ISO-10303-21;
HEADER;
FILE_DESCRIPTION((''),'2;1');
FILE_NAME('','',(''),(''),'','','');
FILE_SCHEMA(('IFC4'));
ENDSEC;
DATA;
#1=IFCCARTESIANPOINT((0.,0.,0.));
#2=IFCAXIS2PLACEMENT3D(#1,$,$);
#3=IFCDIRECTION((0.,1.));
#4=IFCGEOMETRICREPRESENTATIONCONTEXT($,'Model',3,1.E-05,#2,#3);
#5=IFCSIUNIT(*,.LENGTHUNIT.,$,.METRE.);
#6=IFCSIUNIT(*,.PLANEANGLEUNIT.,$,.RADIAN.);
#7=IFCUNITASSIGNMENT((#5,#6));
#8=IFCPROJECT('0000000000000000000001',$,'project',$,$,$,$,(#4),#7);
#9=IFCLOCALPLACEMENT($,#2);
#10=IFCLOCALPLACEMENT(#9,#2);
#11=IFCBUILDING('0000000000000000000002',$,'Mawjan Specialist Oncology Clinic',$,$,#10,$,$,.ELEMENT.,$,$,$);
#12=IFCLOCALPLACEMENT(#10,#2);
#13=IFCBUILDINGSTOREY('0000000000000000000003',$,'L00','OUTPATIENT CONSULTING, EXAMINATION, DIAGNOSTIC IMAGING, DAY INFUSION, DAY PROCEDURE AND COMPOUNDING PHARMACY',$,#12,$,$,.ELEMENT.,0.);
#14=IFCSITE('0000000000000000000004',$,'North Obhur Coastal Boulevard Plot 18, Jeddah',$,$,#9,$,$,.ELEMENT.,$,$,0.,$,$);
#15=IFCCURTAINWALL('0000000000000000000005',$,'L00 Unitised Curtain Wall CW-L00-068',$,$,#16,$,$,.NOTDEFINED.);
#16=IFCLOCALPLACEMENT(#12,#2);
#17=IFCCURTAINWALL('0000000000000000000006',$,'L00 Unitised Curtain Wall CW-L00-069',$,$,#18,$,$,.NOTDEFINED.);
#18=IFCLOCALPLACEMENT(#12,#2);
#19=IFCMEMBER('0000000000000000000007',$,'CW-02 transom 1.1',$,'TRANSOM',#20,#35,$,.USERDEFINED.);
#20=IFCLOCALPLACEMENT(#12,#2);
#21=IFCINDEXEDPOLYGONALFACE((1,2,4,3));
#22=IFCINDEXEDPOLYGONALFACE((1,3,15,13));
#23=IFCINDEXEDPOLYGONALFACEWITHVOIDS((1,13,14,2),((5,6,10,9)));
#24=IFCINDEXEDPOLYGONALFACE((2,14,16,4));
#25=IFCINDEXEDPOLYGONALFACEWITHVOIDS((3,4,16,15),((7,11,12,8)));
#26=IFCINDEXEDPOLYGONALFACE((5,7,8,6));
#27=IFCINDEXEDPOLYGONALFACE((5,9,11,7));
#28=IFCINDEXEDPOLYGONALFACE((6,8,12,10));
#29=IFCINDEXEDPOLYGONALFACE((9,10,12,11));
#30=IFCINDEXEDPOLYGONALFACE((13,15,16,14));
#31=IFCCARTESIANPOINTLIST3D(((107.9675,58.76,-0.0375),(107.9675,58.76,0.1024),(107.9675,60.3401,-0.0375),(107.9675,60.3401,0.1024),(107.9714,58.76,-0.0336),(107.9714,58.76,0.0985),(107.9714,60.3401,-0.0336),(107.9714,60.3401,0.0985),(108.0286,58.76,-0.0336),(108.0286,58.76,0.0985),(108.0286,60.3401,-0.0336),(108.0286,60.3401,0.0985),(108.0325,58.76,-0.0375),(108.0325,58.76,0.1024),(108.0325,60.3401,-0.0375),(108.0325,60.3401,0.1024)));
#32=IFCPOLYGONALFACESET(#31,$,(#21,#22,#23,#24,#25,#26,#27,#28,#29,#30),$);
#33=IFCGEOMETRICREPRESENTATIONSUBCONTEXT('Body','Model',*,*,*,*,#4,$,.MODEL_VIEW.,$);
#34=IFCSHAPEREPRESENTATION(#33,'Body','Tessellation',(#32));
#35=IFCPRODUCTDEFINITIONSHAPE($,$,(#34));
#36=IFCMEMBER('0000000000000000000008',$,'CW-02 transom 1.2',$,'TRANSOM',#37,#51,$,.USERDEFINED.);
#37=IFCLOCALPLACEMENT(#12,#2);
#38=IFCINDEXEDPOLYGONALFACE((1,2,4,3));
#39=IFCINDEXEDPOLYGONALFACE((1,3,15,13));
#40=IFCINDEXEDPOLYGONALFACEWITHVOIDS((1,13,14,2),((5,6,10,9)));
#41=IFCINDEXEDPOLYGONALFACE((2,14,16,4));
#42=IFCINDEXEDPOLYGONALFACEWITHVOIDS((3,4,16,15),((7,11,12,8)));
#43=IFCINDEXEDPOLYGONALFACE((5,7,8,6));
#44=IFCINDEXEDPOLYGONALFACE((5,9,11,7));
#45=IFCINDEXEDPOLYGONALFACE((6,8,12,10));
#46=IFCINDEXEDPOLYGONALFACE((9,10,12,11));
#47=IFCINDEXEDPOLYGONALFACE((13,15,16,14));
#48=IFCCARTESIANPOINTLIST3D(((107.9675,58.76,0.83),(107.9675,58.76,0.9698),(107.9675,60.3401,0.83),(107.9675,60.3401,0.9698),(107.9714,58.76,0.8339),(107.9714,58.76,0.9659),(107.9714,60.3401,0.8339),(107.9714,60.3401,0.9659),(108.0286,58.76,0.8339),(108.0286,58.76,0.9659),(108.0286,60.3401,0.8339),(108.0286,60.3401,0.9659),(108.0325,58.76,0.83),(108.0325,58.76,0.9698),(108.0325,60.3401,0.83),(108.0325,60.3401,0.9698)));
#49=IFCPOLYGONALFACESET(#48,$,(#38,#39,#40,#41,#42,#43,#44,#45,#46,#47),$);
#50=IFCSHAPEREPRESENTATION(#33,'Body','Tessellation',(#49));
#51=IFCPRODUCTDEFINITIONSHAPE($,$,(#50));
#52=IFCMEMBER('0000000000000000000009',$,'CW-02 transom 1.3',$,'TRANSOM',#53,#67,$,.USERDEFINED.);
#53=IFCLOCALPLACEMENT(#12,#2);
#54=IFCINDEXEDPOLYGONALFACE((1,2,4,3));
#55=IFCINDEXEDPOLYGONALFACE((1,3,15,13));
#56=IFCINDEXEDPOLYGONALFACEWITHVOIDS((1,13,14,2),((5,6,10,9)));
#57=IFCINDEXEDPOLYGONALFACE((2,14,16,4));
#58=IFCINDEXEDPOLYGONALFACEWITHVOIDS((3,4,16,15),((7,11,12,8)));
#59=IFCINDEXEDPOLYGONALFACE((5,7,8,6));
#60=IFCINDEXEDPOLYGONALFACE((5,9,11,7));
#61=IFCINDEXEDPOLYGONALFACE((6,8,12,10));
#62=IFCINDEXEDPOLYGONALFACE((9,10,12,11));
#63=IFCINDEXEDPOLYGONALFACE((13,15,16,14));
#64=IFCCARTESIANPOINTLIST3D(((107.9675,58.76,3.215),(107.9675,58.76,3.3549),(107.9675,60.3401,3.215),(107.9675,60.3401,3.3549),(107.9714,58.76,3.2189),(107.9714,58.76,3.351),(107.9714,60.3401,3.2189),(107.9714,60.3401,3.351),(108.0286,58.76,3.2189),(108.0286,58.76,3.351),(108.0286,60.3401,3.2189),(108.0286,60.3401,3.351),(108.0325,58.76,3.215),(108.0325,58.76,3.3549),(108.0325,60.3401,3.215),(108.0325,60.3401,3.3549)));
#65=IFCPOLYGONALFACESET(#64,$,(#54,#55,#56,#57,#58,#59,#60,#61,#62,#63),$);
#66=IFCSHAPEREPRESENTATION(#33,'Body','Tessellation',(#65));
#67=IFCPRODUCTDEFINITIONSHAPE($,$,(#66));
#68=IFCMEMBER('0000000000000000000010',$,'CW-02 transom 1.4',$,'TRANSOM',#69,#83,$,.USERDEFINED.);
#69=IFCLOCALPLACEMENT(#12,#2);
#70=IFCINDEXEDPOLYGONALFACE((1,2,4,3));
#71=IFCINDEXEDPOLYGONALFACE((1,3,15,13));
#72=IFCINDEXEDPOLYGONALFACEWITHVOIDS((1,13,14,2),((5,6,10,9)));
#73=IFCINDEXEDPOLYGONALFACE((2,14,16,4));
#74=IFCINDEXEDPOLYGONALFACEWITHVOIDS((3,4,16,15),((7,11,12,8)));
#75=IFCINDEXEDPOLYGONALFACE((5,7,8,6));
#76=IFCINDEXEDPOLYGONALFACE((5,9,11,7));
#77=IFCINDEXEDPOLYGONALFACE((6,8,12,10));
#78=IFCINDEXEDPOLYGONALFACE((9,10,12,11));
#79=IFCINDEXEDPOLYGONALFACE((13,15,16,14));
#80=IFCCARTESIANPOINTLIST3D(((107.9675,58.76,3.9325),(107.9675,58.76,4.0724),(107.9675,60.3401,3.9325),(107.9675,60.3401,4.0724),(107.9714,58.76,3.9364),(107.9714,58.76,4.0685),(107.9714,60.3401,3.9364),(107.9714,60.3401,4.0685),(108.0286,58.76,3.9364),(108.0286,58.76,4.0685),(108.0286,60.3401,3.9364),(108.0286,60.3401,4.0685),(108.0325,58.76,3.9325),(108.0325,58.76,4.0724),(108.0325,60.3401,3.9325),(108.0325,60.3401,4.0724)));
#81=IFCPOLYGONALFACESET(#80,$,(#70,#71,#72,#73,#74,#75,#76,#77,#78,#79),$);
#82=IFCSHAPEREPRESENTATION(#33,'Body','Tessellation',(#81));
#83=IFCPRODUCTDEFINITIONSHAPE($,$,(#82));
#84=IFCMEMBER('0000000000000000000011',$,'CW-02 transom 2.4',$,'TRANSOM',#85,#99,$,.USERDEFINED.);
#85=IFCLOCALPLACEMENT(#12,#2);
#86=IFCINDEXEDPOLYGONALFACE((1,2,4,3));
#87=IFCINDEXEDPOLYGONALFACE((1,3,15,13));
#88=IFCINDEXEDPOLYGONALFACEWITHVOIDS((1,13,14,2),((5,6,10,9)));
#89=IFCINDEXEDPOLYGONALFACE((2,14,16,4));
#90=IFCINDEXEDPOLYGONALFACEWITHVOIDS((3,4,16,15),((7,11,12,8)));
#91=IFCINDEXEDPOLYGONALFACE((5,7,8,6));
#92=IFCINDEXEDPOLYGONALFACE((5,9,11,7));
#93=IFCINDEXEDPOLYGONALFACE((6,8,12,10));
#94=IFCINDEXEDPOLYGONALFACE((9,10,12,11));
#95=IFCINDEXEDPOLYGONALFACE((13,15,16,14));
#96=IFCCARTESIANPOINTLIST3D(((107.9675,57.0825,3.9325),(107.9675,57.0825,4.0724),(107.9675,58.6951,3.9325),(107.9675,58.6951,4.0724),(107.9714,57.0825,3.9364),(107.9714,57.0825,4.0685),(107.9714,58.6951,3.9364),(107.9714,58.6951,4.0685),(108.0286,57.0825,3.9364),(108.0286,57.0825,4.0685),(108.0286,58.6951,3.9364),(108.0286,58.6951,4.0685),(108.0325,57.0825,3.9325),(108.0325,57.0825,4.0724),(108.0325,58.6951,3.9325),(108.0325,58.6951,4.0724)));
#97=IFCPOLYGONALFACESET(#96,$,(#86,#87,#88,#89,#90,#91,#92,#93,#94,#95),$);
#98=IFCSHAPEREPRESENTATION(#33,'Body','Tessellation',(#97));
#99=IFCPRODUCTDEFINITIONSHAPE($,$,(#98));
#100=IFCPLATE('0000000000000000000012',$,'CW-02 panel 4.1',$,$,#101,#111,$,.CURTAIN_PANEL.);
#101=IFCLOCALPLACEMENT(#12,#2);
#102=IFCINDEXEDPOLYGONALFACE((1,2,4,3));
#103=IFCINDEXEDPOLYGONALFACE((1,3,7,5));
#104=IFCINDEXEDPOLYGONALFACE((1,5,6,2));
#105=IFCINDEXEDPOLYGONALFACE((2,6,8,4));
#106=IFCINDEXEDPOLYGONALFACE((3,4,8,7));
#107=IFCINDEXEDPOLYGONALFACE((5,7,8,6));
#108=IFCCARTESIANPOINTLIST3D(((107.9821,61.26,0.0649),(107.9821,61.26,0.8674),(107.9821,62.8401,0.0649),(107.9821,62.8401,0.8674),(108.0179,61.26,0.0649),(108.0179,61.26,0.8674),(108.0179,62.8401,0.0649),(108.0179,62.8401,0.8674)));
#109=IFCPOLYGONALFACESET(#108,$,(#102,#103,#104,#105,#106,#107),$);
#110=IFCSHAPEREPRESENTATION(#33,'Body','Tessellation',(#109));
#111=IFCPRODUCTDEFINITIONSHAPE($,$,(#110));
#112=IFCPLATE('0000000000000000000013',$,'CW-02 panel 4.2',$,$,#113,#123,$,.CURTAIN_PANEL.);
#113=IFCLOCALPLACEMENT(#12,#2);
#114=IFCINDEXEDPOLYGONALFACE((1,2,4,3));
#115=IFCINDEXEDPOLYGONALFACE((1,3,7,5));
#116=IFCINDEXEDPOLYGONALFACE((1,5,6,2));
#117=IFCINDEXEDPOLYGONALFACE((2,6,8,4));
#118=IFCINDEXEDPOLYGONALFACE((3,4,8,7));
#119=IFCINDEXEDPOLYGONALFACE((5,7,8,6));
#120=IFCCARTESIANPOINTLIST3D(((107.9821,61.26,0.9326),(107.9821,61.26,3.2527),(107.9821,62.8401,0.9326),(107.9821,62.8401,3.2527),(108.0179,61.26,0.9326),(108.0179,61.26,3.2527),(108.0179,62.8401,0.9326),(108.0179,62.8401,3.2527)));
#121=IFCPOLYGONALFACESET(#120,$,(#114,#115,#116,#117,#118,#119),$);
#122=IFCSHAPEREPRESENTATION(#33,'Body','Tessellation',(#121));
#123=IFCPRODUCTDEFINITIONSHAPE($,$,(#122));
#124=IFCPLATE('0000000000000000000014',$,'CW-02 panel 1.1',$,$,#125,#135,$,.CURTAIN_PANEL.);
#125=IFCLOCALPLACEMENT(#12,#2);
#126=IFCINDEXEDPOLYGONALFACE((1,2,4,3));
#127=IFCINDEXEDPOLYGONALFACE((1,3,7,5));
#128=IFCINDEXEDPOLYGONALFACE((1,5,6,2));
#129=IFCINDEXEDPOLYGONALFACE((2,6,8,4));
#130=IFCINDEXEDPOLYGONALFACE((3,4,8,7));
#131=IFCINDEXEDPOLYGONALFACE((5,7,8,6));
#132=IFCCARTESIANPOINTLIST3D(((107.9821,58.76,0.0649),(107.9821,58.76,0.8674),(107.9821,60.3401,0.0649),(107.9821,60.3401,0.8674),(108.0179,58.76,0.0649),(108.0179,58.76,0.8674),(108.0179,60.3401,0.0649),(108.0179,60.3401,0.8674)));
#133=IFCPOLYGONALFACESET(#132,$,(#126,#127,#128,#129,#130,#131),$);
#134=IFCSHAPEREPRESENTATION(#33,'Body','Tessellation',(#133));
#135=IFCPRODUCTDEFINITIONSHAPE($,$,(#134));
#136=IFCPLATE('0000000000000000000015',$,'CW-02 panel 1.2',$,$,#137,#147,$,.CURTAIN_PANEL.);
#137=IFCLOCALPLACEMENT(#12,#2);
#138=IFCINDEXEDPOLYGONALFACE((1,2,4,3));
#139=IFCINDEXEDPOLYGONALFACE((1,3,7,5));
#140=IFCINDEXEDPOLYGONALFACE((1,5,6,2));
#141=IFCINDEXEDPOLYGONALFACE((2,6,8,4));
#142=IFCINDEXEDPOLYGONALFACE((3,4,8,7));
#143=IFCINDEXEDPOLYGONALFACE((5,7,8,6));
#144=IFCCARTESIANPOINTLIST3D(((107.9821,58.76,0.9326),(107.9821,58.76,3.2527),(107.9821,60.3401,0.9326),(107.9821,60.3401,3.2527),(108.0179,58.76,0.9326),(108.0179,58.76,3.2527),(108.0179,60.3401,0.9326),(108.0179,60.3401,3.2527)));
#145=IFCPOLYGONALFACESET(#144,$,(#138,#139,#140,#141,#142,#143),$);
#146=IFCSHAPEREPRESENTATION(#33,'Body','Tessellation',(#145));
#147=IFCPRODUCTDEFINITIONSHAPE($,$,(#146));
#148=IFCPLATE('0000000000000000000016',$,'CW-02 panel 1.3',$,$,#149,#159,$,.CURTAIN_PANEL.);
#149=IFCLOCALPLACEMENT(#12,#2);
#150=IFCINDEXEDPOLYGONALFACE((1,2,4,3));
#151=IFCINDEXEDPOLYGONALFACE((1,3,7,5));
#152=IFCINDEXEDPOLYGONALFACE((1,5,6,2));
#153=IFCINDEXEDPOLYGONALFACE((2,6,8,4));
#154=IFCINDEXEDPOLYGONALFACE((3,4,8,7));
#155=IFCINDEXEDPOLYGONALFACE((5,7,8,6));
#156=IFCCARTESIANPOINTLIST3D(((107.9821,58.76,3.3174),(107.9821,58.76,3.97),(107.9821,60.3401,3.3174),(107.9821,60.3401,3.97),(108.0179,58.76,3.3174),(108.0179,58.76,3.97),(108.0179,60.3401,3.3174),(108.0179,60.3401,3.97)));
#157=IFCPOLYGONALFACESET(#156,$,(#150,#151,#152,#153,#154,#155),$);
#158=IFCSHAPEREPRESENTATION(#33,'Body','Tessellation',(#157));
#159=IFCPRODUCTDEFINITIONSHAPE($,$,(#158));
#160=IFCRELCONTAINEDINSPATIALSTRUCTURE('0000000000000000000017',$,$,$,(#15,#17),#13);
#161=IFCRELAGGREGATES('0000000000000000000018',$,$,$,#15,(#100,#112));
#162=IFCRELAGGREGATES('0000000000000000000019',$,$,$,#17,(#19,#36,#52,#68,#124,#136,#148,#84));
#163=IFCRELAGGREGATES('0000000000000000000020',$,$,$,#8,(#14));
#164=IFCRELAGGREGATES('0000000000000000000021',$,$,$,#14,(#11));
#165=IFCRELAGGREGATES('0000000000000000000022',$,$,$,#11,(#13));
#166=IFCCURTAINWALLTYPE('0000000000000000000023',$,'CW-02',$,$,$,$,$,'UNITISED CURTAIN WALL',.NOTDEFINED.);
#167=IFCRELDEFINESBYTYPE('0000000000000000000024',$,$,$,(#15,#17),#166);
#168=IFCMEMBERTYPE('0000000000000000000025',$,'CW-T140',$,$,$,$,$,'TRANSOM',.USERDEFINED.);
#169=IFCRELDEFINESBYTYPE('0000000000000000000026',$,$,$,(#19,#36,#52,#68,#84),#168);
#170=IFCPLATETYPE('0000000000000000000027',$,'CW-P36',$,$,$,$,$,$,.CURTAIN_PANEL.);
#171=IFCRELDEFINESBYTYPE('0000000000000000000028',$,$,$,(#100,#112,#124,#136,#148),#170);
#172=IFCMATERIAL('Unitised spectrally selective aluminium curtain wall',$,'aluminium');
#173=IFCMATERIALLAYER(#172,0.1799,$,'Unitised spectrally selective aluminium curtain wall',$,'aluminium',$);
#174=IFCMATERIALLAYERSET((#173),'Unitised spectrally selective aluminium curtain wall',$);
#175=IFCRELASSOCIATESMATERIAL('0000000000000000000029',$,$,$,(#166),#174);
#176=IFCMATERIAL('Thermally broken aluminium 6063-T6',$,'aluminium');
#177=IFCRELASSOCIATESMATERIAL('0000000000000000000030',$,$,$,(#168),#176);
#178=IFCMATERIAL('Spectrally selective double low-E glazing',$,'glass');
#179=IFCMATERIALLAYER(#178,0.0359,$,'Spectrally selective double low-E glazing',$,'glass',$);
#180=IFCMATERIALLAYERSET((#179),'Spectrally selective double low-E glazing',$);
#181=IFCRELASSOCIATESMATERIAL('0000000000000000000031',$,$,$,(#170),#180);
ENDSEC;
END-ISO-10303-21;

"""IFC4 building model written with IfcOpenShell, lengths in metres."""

from ifc_helpers import new_model, si_unit, direction, frame, origin, origin_2d, place, context, subcontext, project, spatial, rectangle, hollow_rectangle, extrude, material, layer, layer_set, material_profile, profile_set, type_object, element, aggregate, save


model = new_model("IFC4")

# Units and contexts
model_context = context("Model", 3, precision=1e-05, world=origin(), true_north=direction((0.0, 1.0)))
body_context = subcontext(model_context, "Body", "Model", "MODEL_VIEW")
ifc_project = project(units=[si_unit("LENGTHUNIT", "METRE"), si_unit("PLANEANGLEUNIT", "RADIAN")], contexts=[model_context])

# Site, building, storey
site_placement = place(None, origin())
site = spatial("IfcSite", under=ifc_project, at=site_placement, Name="North Obhur Coastal Boulevard Plot 18, Jeddah", CompositionType="ELEMENT", RefElevation=0.0)
building_placement = place(site_placement, origin())
building = spatial("IfcBuilding", under=site, at=building_placement, Name="Mawjan Specialist Oncology Clinic", CompositionType="ELEMENT")
storey_placement = place(building_placement, origin())
storey = spatial("IfcBuildingStorey", under=building, at=storey_placement, Name="L00", Description="OUTPATIENT CONSULTING, EXAMINATION, DIAGNOSTIC IMAGING, DAY INFUSION, DAY PROCEDURE AND COMPOUNDING PHARMACY", CompositionType="ELEMENT", Elevation=0.0)

# Curtain wall
ifc_material_1 = material(Name="Unitised spectrally selective aluminium curtain wall", Category="aluminium")
ifc_layer_1 = layer(ifc_material_1, 0.1799, Name="Unitised spectrally selective aluminium curtain wall", Category="aluminium")
ifc_layer_set_1 = layer_set([ifc_layer_1], Name="Unitised spectrally selective aluminium curtain wall")
curtain_wall_type = type_object("IfcCurtainWallType", Name="CW-02", ElementType="UNITISED CURTAIN WALL", PredefinedType="NOTDEFINED", material=ifc_layer_set_1)
curtain_wall_1_placement = place(storey_placement, origin())
curtain_wall_1 = element("IfcCurtainWall", 1, at=curtain_wall_1_placement, inside=storey, type_object=curtain_wall_type, Name="L00 Unitised Curtain Wall CW-L00-068", PredefinedType="NOTDEFINED")

# Curtain wall, members
curtain_wall_2_placement = place(storey_placement, origin())
curtain_wall_2 = element("IfcCurtainWall", 2, at=curtain_wall_2_placement, inside=storey, type_object=curtain_wall_type, Name="L00 Unitised Curtain Wall CW-L00-069", PredefinedType="NOTDEFINED")
ifc_material_2 = material(Name="Thermally broken aluminium 6063-T6", Category="aluminium")
ifc_material_profile_1 = material_profile(ifc_material_2, hollow_rectangle(XDim=0.0649, YDim=0.1399, WallThickness=0.0039, at=origin_2d()), Name="ALU TRANSOM 140x65x4", Category="aluminium")
ifc_profile_set_1 = profile_set([ifc_material_profile_1], Name="Thermally broken aluminium 6063-T6")
member_type_1 = type_object("IfcMemberType", Name="CW-T140", ElementType="TRANSOM", PredefinedType="USERDEFINED", material=ifc_profile_set_1)
member_1_placement = place(storey_placement, frame((108.0, 60.3401, 0.0325), z_axis=(0.0, -1.0, 0.0), x_axis=(1.0, 0.0, 0.0)))
member_1 = element("IfcMember", 3, at=member_1_placement, type_object=member_type_1, Name="CW-02 transom 1.1", ObjectType="TRANSOM", PredefinedType="USERDEFINED", context=body_context, shape_type="SweptSolid", body=[
    extrude(hollow_rectangle(XDim=0.0649, YDim=0.1399, WallThickness=0.0039, at=origin_2d()), origin(), (0.0, 0.0, 1.0), 1.5801),
])
member_2_placement = place(storey_placement, frame((108.0, 60.3401, 0.8999), z_axis=(0.0, -1.0, 0.0), x_axis=(1.0, 0.0, 0.0)))
member_2 = element("IfcMember", 4, at=member_2_placement, type_object=member_type_1, Name="CW-02 transom 1.2", ObjectType="TRANSOM", PredefinedType="USERDEFINED", context=body_context, shape_type="SweptSolid", body=[
    extrude(hollow_rectangle(XDim=0.0649, YDim=0.1399, WallThickness=0.0039, at=origin_2d()), origin(), (0.0, 0.0, 1.0), 1.5801),
])
member_3_placement = place(storey_placement, frame((108.0, 60.3401, 3.2849), z_axis=(0.0, -1.0, 0.0), x_axis=(1.0, 0.0, 0.0)))
member_3 = element("IfcMember", 5, at=member_3_placement, type_object=member_type_1, Name="CW-02 transom 1.3", ObjectType="TRANSOM", PredefinedType="USERDEFINED", context=body_context, shape_type="SweptSolid", body=[
    extrude(hollow_rectangle(XDim=0.0649, YDim=0.1399, WallThickness=0.0039, at=origin_2d()), origin(), (0.0, 0.0, 1.0), 1.5801),
])
member_4_placement = place(storey_placement, frame((108.0, 60.3401, 4.0024), z_axis=(0.0, -1.0, 0.0), x_axis=(1.0, 0.0, 0.0)))
member_4 = element("IfcMember", 6, at=member_4_placement, type_object=member_type_1, Name="CW-02 transom 1.4", ObjectType="TRANSOM", PredefinedType="USERDEFINED", context=body_context, shape_type="SweptSolid", body=[
    extrude(hollow_rectangle(XDim=0.0649, YDim=0.1399, WallThickness=0.0039, at=origin_2d()), origin(), (0.0, 0.0, 1.0), 1.5801),
])
member_5_placement = place(storey_placement, frame((108.0, 58.6951, 4.0024), z_axis=(0.0, -1.0, 0.0), x_axis=(1.0, 0.0, 0.0)))
member_5 = element("IfcMember", 7, at=member_5_placement, type_object=member_type_1, Name="CW-02 transom 2.4", ObjectType="TRANSOM", PredefinedType="USERDEFINED", context=body_context, shape_type="SweptSolid", body=[
    extrude(hollow_rectangle(XDim=0.0649, YDim=0.1399, WallThickness=0.0039, at=origin_2d()), origin(), (0.0, 0.0, 1.0), 1.6125),
])

# Plates
ifc_material_3 = material(Name="Spectrally selective double low-E glazing", Category="glass")
ifc_layer_2 = layer(ifc_material_3, 0.0359, Name="Spectrally selective double low-E glazing", Category="glass")
ifc_layer_set_2 = layer_set([ifc_layer_2], Name="Spectrally selective double low-E glazing")
plate_type = type_object("IfcPlateType", Name="CW-P36", PredefinedType="CURTAIN_PANEL", material=ifc_layer_set_2)
plate_1_placement = place(storey_placement, frame((108.0, 62.05, 0.0649), z_axis=(0.0, 0.0, 1.0), x_axis=(0.0, -1.0, 0.0)))
plate_1 = element("IfcPlate", 8, at=plate_1_placement, type_object=plate_type, Name="CW-02 panel 4.1", PredefinedType="CURTAIN_PANEL", context=body_context, shape_type="SweptSolid", body=[
    extrude(rectangle(XDim=1.5801, YDim=0.0359, at=origin_2d()), origin(), (0.0, 0.0, 1.0), 0.8025),
])
plate_2_placement = place(storey_placement, frame((108.0, 62.05, 0.9326), z_axis=(0.0, 0.0, 1.0), x_axis=(0.0, -1.0, 0.0)))
plate_2 = element("IfcPlate", 9, at=plate_2_placement, type_object=plate_type, Name="CW-02 panel 4.2", PredefinedType="CURTAIN_PANEL", context=body_context, shape_type="SweptSolid", body=[
    extrude(rectangle(XDim=1.5801, YDim=0.0359, at=origin_2d()), origin(), (0.0, 0.0, 1.0), 2.3201),
])
aggregate(curtain_wall_1, [plate_1, plate_2])
plate_3_placement = place(storey_placement, frame((108.0, 59.55, 0.0649), z_axis=(0.0, 0.0, 1.0), x_axis=(0.0, -1.0, 0.0)))
plate_3 = element("IfcPlate", 10, at=plate_3_placement, type_object=plate_type, Name="CW-02 panel 1.1", PredefinedType="CURTAIN_PANEL", context=body_context, shape_type="SweptSolid", body=[
    extrude(rectangle(XDim=1.5801, YDim=0.0359, at=origin_2d()), origin(), (0.0, 0.0, 1.0), 0.8025),
])
plate_4_placement = place(storey_placement, frame((108.0, 59.55, 0.9326), z_axis=(0.0, 0.0, 1.0), x_axis=(0.0, -1.0, 0.0)))
plate_4 = element("IfcPlate", 11, at=plate_4_placement, type_object=plate_type, Name="CW-02 panel 1.2", PredefinedType="CURTAIN_PANEL", context=body_context, shape_type="SweptSolid", body=[
    extrude(rectangle(XDim=1.5801, YDim=0.0359, at=origin_2d()), origin(), (0.0, 0.0, 1.0), 2.3201),
])
plate_5_placement = place(storey_placement, frame((108.0, 59.55, 3.3174), z_axis=(0.0, 0.0, 1.0), x_axis=(0.0, -1.0, 0.0)))
plate_5 = element("IfcPlate", 12, at=plate_5_placement, type_object=plate_type, Name="CW-02 panel 1.3", PredefinedType="CURTAIN_PANEL", context=body_context, shape_type="SweptSolid", body=[
    extrude(rectangle(XDim=1.5801, YDim=0.0359, at=origin_2d()), origin(), (0.0, 0.0, 1.0), 0.6526),
])
aggregate(curtain_wall_2, [member_1, member_2, member_3, member_4, plate_3, plate_4, plate_5, member_5])

save(model, "model.ifc")
